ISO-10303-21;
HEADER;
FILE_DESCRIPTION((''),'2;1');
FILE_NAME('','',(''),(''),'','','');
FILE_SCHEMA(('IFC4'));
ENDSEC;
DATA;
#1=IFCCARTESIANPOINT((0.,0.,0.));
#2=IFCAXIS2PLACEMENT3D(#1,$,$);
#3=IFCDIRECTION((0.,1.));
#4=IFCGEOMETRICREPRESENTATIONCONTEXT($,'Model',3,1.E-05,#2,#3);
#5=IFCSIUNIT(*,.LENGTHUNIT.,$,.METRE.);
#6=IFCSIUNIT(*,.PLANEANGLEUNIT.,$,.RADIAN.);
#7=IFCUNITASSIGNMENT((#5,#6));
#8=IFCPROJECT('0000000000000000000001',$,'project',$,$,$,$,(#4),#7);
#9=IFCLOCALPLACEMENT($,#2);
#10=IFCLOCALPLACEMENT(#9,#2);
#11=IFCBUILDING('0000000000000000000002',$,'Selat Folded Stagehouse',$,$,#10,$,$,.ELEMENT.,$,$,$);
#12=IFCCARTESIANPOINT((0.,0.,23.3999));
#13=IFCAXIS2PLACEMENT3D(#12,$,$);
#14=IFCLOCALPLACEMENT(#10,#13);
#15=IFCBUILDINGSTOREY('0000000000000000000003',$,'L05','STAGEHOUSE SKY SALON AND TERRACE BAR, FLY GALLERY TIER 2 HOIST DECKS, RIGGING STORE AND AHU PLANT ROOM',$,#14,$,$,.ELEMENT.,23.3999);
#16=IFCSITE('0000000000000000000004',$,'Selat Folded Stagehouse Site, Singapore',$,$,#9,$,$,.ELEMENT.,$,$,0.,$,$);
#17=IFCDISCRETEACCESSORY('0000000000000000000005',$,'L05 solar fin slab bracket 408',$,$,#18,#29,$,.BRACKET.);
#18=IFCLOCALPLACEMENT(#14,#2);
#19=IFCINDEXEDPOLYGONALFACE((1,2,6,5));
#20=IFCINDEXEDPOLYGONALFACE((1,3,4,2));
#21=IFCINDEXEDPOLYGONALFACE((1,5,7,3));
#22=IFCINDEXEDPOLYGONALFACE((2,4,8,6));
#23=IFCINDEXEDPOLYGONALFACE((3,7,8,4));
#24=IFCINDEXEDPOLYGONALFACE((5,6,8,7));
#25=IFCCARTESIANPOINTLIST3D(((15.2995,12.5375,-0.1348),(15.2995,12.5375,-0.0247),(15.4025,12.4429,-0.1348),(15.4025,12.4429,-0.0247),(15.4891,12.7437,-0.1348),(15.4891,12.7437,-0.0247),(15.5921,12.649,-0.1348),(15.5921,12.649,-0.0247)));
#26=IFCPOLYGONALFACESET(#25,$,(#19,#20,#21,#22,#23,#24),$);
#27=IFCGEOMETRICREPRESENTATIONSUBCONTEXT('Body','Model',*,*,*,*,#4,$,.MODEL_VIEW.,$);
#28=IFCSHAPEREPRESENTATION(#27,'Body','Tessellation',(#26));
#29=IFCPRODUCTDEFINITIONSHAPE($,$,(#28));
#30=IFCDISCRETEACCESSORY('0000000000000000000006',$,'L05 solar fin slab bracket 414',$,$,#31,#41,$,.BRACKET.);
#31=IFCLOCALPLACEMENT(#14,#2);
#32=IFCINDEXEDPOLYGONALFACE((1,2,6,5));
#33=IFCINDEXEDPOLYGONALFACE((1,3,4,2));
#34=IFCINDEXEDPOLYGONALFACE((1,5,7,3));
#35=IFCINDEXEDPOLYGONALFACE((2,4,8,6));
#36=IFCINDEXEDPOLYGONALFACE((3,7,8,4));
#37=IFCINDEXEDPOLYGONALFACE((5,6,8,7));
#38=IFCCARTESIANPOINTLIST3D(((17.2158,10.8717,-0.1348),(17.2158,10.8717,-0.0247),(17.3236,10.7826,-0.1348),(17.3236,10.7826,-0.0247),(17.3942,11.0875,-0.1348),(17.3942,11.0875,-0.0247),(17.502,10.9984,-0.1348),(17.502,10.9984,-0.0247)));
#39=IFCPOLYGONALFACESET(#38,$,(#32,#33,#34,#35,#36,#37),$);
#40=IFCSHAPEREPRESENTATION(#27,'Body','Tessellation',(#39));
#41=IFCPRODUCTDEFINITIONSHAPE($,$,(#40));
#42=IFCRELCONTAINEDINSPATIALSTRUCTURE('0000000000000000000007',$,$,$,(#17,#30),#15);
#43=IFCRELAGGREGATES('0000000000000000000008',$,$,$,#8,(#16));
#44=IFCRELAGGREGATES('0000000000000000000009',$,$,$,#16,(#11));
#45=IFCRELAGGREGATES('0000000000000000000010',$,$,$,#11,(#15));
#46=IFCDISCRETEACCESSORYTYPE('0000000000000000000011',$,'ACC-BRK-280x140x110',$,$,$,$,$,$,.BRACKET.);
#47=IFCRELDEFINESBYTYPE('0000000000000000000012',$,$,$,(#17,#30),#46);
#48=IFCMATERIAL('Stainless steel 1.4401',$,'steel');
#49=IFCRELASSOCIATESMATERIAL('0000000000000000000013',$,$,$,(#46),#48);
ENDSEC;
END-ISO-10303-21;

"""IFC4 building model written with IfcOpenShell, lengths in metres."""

from ifc_helpers import new_model, si_unit, direction, frame, origin, origin_2d, place, context, subcontext, project, spatial, rectangle, extrude, material, type_object, element, save


model = new_model("IFC4")

# Units and contexts
model_context = context("Model", 3, precision=1e-05, world=origin(), true_north=direction((0.0, 1.0)))
body_context = subcontext(model_context, "Body", "Model", "MODEL_VIEW")
ifc_project = project(units=[si_unit("LENGTHUNIT", "METRE"), si_unit("PLANEANGLEUNIT", "RADIAN")], contexts=[model_context])

# Site, building, storey
site_placement = place(None, origin())
site = spatial("IfcSite", under=ifc_project, at=site_placement, Name="Selat Folded Stagehouse Site, Singapore", CompositionType="ELEMENT", RefElevation=0.0)
building_placement = place(site_placement, origin())
building = spatial("IfcBuilding", under=site, at=building_placement, Name="Selat Folded Stagehouse", CompositionType="ELEMENT")
storey_placement = place(building_placement, frame((0.0, 0.0, 23.3999)))
storey = spatial("IfcBuildingStorey", under=building, at=storey_placement, Name="L05", Description="STAGEHOUSE SKY SALON AND TERRACE BAR, FLY GALLERY TIER 2 HOIST DECKS, RIGGING STORE AND AHU PLANT ROOM", CompositionType="ELEMENT", Elevation=23.3999)

# Discrete accessories
ifc_material_1 = material(Name="Stainless steel 1.4401", Category="steel")
discrete_accessory_type = type_object("IfcDiscreteAccessoryType", Name="ACC-BRK-280x140x110", PredefinedType="BRACKET", material=ifc_material_1)
for number, where, z_axis, x_axis, name in (
    (1, (15.4458, 12.5933, -0.1348), (0.0, 0.0, 1.0), (-0.676876, -0.736097, 0.0), "L05 solar fin slab bracket 408"),
    (2, (17.3589, 10.9351, -0.1348), (0.0, 0.0, 1.0), (-0.637155, -0.770736, 0.0), "L05 solar fin slab bracket 414"),
):
    element("IfcDiscreteAccessory", number, at=place(storey_placement, frame(where, z_axis=z_axis, x_axis=x_axis)), inside=storey, type_object=discrete_accessory_type, Name=name, PredefinedType="BRACKET", context=body_context, shape_type="SweptSolid", body=[
        extrude(rectangle(XDim=0.28, YDim=0.1399, at=origin_2d()), origin(), (0.0, 0.0, 1.0), 0.1101),
    ])

save(model, "model.ifc")
